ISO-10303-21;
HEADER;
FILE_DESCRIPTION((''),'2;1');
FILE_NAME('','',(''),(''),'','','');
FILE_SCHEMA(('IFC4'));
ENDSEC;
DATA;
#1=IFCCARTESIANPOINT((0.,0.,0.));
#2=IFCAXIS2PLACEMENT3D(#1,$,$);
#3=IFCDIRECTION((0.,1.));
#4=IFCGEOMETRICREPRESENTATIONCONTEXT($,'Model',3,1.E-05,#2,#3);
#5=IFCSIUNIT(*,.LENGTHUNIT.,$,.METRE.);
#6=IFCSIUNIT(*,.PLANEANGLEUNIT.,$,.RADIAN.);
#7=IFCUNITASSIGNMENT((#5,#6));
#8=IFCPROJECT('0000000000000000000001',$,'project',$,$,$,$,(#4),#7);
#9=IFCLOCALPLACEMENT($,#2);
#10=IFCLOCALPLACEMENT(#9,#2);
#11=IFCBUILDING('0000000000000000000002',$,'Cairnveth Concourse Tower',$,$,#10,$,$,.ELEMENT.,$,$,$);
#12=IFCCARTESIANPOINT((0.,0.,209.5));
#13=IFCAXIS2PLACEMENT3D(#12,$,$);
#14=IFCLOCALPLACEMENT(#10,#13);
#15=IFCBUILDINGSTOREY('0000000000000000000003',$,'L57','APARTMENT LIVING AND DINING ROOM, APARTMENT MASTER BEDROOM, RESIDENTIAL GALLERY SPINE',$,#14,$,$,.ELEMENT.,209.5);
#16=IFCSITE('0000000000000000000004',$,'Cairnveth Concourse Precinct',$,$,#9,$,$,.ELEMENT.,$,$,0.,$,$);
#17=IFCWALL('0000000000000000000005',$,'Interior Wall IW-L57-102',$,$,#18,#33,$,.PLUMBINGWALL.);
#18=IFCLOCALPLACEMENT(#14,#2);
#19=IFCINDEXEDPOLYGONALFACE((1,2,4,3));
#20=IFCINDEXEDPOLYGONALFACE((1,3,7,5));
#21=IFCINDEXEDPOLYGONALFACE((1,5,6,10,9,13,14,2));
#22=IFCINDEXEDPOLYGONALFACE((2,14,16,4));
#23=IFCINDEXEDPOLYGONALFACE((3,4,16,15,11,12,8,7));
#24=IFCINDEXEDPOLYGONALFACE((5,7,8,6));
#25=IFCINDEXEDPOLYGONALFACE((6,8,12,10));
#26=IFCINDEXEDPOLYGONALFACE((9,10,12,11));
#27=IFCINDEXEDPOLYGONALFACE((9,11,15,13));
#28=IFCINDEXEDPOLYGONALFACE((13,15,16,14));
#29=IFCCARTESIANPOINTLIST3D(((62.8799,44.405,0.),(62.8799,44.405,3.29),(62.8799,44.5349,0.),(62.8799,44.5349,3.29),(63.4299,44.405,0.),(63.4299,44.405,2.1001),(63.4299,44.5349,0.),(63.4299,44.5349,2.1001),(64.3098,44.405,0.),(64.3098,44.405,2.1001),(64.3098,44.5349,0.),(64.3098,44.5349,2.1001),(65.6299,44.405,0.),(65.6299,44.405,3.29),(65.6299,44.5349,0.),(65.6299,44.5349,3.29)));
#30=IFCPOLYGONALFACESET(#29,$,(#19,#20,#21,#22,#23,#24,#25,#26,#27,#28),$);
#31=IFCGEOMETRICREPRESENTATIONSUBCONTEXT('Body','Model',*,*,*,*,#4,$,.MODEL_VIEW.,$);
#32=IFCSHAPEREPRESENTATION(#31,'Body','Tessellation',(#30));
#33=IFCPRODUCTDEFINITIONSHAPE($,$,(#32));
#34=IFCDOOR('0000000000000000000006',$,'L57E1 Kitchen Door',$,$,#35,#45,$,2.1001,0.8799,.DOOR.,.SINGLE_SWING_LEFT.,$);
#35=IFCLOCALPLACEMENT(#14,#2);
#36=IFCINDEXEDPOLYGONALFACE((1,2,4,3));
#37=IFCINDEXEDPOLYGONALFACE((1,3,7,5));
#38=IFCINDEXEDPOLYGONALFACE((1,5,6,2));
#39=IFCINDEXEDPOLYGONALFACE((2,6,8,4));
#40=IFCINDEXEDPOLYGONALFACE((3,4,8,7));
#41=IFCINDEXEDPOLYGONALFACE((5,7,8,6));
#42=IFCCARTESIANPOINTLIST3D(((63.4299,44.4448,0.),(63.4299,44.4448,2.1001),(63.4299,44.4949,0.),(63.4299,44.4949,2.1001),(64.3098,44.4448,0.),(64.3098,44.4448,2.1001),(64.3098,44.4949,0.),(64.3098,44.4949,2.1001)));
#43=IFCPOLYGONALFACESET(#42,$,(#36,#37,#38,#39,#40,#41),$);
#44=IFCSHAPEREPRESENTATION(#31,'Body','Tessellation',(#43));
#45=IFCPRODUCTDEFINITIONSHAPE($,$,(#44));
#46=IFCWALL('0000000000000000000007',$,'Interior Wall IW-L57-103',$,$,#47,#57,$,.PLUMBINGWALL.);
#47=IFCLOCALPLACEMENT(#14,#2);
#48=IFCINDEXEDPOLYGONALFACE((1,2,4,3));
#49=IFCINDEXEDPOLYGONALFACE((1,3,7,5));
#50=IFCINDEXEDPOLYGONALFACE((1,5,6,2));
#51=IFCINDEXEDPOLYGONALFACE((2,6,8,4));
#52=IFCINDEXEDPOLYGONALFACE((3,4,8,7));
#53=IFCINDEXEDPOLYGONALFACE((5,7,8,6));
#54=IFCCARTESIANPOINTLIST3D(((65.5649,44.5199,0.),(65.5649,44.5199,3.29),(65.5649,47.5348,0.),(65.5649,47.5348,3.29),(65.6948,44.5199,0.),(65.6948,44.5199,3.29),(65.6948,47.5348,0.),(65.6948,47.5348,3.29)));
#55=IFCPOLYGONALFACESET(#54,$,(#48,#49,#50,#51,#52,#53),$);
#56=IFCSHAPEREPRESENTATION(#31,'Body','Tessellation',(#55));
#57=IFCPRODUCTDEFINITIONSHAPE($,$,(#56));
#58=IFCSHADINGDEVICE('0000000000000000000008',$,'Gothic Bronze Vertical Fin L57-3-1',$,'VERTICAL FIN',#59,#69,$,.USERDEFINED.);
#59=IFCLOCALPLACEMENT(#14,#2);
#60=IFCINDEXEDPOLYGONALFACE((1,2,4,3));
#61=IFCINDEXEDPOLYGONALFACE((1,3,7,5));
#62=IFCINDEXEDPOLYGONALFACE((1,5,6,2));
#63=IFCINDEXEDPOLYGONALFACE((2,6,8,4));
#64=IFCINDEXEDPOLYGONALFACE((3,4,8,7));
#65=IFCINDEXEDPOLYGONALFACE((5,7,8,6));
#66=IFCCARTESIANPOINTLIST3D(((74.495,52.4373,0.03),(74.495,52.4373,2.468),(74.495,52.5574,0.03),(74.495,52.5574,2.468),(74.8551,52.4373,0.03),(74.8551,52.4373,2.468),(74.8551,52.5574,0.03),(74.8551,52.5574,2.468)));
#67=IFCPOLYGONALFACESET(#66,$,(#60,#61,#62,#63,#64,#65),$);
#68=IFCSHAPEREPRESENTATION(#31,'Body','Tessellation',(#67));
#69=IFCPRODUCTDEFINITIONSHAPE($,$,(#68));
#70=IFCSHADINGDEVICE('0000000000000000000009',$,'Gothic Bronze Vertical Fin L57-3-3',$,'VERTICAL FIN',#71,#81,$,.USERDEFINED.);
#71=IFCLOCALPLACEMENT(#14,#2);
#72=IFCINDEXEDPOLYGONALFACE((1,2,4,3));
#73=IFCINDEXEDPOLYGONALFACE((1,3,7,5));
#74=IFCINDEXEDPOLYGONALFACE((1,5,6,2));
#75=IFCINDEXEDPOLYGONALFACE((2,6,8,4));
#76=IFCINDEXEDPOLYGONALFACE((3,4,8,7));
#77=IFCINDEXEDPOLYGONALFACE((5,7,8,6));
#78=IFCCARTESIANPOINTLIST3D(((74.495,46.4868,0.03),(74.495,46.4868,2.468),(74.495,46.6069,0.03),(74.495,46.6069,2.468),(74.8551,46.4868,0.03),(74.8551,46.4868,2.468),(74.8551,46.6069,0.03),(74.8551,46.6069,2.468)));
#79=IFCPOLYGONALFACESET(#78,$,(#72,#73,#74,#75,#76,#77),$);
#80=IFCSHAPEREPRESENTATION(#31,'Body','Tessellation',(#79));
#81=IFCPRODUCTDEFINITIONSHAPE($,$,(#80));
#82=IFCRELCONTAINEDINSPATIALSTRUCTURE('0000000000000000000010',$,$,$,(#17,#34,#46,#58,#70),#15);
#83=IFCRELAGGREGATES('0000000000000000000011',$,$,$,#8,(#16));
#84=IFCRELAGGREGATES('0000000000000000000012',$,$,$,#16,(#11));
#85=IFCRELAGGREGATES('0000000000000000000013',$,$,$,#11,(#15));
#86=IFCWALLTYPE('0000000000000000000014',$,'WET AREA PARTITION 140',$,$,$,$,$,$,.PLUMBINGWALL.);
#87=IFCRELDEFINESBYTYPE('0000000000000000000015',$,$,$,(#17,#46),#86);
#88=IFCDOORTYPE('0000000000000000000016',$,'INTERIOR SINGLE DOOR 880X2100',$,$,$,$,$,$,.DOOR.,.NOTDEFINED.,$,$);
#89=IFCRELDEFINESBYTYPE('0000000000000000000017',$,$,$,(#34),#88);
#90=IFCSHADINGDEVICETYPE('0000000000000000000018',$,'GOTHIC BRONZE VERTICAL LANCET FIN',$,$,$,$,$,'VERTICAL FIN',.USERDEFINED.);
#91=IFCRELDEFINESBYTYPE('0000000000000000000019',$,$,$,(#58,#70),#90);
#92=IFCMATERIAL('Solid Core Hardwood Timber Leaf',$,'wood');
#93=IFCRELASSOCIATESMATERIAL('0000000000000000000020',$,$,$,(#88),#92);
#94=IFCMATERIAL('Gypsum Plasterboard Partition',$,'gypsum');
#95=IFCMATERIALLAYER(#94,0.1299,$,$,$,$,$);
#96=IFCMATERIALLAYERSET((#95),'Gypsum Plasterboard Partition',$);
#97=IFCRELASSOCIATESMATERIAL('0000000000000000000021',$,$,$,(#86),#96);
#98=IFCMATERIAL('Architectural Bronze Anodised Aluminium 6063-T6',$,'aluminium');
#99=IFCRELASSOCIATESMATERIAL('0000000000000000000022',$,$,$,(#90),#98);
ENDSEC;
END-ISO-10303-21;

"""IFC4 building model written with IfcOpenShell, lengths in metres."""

from ifc_helpers import new_model, si_unit, direction, frame, frame_2d, origin, origin_2d, place, context, subcontext, project, spatial, rectangle, extrude, material, layer, layer_set, type_object, element, fill, save


model = new_model("IFC4")

# Units and contexts
model_context = context("Model", 3, precision=1e-05, world=origin(), true_north=direction((0.0, 1.0)))
body_context = subcontext(model_context, "Body", "Model", "MODEL_VIEW")
ifc_project = project(units=[si_unit("LENGTHUNIT", "METRE"), si_unit("PLANEANGLEUNIT", "RADIAN")], contexts=[model_context])

# Site, building, storey
site_placement = place(None, origin())
site = spatial("IfcSite", under=ifc_project, at=site_placement, Name="Cairnveth Concourse Precinct", CompositionType="ELEMENT", RefElevation=0.0)
building_placement = place(site_placement, origin())
building = spatial("IfcBuilding", under=site, at=building_placement, Name="Cairnveth Concourse Tower", CompositionType="ELEMENT")
storey_placement = place(building_placement, frame((0.0, 0.0, 209.5)))
storey = spatial("IfcBuildingStorey", under=building, at=storey_placement, Name="L57", Description="APARTMENT LIVING AND DINING ROOM, APARTMENT MASTER BEDROOM, RESIDENTIAL GALLERY SPINE", CompositionType="ELEMENT", Elevation=209.5)

# Shared definitions
ifc_material_1 = material(Name="Gypsum Plasterboard Partition", Category="gypsum")

# Shared definitions
ifc_material_2 = material(Name="Solid Core Hardwood Timber Leaf", Category="wood")
door_type_1 = type_object("IfcDoorType", Name="INTERIOR SINGLE DOOR 880X2100", OperationType="NOTDEFINED", PredefinedType="DOOR", material=ifc_material_2)
ifc_layer_1 = layer(ifc_material_1, 0.1299)
ifc_layer_set_1 = layer_set([ifc_layer_1], Name="Gypsum Plasterboard Partition")
wall_type_1 = type_object("IfcWallType", Name="WET AREA PARTITION 140", PredefinedType="PLUMBINGWALL", material=ifc_layer_set_1)

# Wall, opening, door
wall_1_placement = place(storey_placement, frame((62.8799, 44.47, 0.0), z_axis=(0.0, 0.0, 1.0), x_axis=(1.0, 0.0, 0.0)))
wall_1 = element("IfcWall", 1, at=wall_1_placement, inside=storey, type_object=wall_type_1, Name="Interior Wall IW-L57-102", PredefinedType="PLUMBINGWALL", context=body_context, shape_type="SweptSolid", body=[
    extrude(rectangle(XDim=2.75, YDim=0.1299, at=frame_2d((1.375, 0.0))), origin(), (0.0, 0.0, 1.0), 3.29),
])
opening_1_placement = place(wall_1_placement, frame((0.55, 0.0, 0.0)))
opening_1 = element("IfcOpeningElement", 2, at=opening_1_placement, cuts=wall_1, PredefinedType="OPENING", context=body_context, shape_type="SweptSolid", body=[
    extrude(rectangle(XDim=0.8799, YDim=2.1001, at=frame_2d((0.4399, 1.05))), frame((0.0, 0.075, 0.0), z_axis=(0.0, -1.0, 0.0), x_axis=(1.0, 0.0, 0.0)), (0.0, 0.0, 1.0), 0.1499),
])
door_1_placement = place(opening_1_placement, origin())
door_1 = element("IfcDoor", 3, at=door_1_placement, inside=storey, type_object=door_type_1, Name="L57E1 Kitchen Door", OperationType="SINGLE_SWING_LEFT", OverallHeight=2.1001, OverallWidth=0.8799, PredefinedType="DOOR", context=body_context, shape_type="SweptSolid", body=[
    extrude(rectangle(XDim=0.8799, YDim=2.1001, at=frame_2d((0.4399, 1.05))), frame((0.0, 0.0249, 0.0), z_axis=(0.0, -1.0, 0.0), x_axis=(1.0, 0.0, 0.0)), (0.0, 0.0, 1.0), 0.05),
])
fill(opening_1, door_1)

# Wall
wall_2_placement = place(storey_placement, frame((65.6299, 44.52, 0.0), z_axis=(0.0, 0.0, 1.0), x_axis=(0.0, 1.0, 0.0)))
element("IfcWall", 4, at=wall_2_placement, inside=storey, type_object=wall_type_1, Name="Interior Wall IW-L57-103", PredefinedType="PLUMBINGWALL", context=body_context, shape_type="SweptSolid", body=[
    extrude(rectangle(XDim=3.0149, YDim=0.1299, at=frame_2d((1.5073, 0.0))), origin(), (0.0, 0.0, 1.0), 3.29),
])

# Shading devices
ifc_material_3 = material(Name="Architectural Bronze Anodised Aluminium 6063-T6", Category="aluminium")
shading_device_type = type_object("IfcShadingDeviceType", Name="GOTHIC BRONZE VERTICAL LANCET FIN", ElementType="VERTICAL FIN", PredefinedType="USERDEFINED", material=ifc_material_3)
for number, where, z_axis, x_axis, name in (
    (5, (74.675, 52.4973, 0.03), (0.0, 0.0, 1.0), (0.0, 1.0, 0.0), "Gothic Bronze Vertical Fin L57-3-1"),
    (6, (74.675, 46.5469, 0.03), (0.0, 0.0, 1.0), (0.0, 1.0, 0.0), "Gothic Bronze Vertical Fin L57-3-3"),
):
    element("IfcShadingDevice", number, at=place(storey_placement, frame(where, z_axis=z_axis, x_axis=x_axis)), inside=storey, type_object=shading_device_type, Name=name, ObjectType="VERTICAL FIN", PredefinedType="USERDEFINED", context=body_context, shape_type="SweptSolid", body=[
        extrude(rectangle(XDim=0.1201, YDim=0.3601, at=origin_2d()), origin(), (0.0, 0.0, 1.0), 2.438),
    ])

save(model, "model.ifc")
